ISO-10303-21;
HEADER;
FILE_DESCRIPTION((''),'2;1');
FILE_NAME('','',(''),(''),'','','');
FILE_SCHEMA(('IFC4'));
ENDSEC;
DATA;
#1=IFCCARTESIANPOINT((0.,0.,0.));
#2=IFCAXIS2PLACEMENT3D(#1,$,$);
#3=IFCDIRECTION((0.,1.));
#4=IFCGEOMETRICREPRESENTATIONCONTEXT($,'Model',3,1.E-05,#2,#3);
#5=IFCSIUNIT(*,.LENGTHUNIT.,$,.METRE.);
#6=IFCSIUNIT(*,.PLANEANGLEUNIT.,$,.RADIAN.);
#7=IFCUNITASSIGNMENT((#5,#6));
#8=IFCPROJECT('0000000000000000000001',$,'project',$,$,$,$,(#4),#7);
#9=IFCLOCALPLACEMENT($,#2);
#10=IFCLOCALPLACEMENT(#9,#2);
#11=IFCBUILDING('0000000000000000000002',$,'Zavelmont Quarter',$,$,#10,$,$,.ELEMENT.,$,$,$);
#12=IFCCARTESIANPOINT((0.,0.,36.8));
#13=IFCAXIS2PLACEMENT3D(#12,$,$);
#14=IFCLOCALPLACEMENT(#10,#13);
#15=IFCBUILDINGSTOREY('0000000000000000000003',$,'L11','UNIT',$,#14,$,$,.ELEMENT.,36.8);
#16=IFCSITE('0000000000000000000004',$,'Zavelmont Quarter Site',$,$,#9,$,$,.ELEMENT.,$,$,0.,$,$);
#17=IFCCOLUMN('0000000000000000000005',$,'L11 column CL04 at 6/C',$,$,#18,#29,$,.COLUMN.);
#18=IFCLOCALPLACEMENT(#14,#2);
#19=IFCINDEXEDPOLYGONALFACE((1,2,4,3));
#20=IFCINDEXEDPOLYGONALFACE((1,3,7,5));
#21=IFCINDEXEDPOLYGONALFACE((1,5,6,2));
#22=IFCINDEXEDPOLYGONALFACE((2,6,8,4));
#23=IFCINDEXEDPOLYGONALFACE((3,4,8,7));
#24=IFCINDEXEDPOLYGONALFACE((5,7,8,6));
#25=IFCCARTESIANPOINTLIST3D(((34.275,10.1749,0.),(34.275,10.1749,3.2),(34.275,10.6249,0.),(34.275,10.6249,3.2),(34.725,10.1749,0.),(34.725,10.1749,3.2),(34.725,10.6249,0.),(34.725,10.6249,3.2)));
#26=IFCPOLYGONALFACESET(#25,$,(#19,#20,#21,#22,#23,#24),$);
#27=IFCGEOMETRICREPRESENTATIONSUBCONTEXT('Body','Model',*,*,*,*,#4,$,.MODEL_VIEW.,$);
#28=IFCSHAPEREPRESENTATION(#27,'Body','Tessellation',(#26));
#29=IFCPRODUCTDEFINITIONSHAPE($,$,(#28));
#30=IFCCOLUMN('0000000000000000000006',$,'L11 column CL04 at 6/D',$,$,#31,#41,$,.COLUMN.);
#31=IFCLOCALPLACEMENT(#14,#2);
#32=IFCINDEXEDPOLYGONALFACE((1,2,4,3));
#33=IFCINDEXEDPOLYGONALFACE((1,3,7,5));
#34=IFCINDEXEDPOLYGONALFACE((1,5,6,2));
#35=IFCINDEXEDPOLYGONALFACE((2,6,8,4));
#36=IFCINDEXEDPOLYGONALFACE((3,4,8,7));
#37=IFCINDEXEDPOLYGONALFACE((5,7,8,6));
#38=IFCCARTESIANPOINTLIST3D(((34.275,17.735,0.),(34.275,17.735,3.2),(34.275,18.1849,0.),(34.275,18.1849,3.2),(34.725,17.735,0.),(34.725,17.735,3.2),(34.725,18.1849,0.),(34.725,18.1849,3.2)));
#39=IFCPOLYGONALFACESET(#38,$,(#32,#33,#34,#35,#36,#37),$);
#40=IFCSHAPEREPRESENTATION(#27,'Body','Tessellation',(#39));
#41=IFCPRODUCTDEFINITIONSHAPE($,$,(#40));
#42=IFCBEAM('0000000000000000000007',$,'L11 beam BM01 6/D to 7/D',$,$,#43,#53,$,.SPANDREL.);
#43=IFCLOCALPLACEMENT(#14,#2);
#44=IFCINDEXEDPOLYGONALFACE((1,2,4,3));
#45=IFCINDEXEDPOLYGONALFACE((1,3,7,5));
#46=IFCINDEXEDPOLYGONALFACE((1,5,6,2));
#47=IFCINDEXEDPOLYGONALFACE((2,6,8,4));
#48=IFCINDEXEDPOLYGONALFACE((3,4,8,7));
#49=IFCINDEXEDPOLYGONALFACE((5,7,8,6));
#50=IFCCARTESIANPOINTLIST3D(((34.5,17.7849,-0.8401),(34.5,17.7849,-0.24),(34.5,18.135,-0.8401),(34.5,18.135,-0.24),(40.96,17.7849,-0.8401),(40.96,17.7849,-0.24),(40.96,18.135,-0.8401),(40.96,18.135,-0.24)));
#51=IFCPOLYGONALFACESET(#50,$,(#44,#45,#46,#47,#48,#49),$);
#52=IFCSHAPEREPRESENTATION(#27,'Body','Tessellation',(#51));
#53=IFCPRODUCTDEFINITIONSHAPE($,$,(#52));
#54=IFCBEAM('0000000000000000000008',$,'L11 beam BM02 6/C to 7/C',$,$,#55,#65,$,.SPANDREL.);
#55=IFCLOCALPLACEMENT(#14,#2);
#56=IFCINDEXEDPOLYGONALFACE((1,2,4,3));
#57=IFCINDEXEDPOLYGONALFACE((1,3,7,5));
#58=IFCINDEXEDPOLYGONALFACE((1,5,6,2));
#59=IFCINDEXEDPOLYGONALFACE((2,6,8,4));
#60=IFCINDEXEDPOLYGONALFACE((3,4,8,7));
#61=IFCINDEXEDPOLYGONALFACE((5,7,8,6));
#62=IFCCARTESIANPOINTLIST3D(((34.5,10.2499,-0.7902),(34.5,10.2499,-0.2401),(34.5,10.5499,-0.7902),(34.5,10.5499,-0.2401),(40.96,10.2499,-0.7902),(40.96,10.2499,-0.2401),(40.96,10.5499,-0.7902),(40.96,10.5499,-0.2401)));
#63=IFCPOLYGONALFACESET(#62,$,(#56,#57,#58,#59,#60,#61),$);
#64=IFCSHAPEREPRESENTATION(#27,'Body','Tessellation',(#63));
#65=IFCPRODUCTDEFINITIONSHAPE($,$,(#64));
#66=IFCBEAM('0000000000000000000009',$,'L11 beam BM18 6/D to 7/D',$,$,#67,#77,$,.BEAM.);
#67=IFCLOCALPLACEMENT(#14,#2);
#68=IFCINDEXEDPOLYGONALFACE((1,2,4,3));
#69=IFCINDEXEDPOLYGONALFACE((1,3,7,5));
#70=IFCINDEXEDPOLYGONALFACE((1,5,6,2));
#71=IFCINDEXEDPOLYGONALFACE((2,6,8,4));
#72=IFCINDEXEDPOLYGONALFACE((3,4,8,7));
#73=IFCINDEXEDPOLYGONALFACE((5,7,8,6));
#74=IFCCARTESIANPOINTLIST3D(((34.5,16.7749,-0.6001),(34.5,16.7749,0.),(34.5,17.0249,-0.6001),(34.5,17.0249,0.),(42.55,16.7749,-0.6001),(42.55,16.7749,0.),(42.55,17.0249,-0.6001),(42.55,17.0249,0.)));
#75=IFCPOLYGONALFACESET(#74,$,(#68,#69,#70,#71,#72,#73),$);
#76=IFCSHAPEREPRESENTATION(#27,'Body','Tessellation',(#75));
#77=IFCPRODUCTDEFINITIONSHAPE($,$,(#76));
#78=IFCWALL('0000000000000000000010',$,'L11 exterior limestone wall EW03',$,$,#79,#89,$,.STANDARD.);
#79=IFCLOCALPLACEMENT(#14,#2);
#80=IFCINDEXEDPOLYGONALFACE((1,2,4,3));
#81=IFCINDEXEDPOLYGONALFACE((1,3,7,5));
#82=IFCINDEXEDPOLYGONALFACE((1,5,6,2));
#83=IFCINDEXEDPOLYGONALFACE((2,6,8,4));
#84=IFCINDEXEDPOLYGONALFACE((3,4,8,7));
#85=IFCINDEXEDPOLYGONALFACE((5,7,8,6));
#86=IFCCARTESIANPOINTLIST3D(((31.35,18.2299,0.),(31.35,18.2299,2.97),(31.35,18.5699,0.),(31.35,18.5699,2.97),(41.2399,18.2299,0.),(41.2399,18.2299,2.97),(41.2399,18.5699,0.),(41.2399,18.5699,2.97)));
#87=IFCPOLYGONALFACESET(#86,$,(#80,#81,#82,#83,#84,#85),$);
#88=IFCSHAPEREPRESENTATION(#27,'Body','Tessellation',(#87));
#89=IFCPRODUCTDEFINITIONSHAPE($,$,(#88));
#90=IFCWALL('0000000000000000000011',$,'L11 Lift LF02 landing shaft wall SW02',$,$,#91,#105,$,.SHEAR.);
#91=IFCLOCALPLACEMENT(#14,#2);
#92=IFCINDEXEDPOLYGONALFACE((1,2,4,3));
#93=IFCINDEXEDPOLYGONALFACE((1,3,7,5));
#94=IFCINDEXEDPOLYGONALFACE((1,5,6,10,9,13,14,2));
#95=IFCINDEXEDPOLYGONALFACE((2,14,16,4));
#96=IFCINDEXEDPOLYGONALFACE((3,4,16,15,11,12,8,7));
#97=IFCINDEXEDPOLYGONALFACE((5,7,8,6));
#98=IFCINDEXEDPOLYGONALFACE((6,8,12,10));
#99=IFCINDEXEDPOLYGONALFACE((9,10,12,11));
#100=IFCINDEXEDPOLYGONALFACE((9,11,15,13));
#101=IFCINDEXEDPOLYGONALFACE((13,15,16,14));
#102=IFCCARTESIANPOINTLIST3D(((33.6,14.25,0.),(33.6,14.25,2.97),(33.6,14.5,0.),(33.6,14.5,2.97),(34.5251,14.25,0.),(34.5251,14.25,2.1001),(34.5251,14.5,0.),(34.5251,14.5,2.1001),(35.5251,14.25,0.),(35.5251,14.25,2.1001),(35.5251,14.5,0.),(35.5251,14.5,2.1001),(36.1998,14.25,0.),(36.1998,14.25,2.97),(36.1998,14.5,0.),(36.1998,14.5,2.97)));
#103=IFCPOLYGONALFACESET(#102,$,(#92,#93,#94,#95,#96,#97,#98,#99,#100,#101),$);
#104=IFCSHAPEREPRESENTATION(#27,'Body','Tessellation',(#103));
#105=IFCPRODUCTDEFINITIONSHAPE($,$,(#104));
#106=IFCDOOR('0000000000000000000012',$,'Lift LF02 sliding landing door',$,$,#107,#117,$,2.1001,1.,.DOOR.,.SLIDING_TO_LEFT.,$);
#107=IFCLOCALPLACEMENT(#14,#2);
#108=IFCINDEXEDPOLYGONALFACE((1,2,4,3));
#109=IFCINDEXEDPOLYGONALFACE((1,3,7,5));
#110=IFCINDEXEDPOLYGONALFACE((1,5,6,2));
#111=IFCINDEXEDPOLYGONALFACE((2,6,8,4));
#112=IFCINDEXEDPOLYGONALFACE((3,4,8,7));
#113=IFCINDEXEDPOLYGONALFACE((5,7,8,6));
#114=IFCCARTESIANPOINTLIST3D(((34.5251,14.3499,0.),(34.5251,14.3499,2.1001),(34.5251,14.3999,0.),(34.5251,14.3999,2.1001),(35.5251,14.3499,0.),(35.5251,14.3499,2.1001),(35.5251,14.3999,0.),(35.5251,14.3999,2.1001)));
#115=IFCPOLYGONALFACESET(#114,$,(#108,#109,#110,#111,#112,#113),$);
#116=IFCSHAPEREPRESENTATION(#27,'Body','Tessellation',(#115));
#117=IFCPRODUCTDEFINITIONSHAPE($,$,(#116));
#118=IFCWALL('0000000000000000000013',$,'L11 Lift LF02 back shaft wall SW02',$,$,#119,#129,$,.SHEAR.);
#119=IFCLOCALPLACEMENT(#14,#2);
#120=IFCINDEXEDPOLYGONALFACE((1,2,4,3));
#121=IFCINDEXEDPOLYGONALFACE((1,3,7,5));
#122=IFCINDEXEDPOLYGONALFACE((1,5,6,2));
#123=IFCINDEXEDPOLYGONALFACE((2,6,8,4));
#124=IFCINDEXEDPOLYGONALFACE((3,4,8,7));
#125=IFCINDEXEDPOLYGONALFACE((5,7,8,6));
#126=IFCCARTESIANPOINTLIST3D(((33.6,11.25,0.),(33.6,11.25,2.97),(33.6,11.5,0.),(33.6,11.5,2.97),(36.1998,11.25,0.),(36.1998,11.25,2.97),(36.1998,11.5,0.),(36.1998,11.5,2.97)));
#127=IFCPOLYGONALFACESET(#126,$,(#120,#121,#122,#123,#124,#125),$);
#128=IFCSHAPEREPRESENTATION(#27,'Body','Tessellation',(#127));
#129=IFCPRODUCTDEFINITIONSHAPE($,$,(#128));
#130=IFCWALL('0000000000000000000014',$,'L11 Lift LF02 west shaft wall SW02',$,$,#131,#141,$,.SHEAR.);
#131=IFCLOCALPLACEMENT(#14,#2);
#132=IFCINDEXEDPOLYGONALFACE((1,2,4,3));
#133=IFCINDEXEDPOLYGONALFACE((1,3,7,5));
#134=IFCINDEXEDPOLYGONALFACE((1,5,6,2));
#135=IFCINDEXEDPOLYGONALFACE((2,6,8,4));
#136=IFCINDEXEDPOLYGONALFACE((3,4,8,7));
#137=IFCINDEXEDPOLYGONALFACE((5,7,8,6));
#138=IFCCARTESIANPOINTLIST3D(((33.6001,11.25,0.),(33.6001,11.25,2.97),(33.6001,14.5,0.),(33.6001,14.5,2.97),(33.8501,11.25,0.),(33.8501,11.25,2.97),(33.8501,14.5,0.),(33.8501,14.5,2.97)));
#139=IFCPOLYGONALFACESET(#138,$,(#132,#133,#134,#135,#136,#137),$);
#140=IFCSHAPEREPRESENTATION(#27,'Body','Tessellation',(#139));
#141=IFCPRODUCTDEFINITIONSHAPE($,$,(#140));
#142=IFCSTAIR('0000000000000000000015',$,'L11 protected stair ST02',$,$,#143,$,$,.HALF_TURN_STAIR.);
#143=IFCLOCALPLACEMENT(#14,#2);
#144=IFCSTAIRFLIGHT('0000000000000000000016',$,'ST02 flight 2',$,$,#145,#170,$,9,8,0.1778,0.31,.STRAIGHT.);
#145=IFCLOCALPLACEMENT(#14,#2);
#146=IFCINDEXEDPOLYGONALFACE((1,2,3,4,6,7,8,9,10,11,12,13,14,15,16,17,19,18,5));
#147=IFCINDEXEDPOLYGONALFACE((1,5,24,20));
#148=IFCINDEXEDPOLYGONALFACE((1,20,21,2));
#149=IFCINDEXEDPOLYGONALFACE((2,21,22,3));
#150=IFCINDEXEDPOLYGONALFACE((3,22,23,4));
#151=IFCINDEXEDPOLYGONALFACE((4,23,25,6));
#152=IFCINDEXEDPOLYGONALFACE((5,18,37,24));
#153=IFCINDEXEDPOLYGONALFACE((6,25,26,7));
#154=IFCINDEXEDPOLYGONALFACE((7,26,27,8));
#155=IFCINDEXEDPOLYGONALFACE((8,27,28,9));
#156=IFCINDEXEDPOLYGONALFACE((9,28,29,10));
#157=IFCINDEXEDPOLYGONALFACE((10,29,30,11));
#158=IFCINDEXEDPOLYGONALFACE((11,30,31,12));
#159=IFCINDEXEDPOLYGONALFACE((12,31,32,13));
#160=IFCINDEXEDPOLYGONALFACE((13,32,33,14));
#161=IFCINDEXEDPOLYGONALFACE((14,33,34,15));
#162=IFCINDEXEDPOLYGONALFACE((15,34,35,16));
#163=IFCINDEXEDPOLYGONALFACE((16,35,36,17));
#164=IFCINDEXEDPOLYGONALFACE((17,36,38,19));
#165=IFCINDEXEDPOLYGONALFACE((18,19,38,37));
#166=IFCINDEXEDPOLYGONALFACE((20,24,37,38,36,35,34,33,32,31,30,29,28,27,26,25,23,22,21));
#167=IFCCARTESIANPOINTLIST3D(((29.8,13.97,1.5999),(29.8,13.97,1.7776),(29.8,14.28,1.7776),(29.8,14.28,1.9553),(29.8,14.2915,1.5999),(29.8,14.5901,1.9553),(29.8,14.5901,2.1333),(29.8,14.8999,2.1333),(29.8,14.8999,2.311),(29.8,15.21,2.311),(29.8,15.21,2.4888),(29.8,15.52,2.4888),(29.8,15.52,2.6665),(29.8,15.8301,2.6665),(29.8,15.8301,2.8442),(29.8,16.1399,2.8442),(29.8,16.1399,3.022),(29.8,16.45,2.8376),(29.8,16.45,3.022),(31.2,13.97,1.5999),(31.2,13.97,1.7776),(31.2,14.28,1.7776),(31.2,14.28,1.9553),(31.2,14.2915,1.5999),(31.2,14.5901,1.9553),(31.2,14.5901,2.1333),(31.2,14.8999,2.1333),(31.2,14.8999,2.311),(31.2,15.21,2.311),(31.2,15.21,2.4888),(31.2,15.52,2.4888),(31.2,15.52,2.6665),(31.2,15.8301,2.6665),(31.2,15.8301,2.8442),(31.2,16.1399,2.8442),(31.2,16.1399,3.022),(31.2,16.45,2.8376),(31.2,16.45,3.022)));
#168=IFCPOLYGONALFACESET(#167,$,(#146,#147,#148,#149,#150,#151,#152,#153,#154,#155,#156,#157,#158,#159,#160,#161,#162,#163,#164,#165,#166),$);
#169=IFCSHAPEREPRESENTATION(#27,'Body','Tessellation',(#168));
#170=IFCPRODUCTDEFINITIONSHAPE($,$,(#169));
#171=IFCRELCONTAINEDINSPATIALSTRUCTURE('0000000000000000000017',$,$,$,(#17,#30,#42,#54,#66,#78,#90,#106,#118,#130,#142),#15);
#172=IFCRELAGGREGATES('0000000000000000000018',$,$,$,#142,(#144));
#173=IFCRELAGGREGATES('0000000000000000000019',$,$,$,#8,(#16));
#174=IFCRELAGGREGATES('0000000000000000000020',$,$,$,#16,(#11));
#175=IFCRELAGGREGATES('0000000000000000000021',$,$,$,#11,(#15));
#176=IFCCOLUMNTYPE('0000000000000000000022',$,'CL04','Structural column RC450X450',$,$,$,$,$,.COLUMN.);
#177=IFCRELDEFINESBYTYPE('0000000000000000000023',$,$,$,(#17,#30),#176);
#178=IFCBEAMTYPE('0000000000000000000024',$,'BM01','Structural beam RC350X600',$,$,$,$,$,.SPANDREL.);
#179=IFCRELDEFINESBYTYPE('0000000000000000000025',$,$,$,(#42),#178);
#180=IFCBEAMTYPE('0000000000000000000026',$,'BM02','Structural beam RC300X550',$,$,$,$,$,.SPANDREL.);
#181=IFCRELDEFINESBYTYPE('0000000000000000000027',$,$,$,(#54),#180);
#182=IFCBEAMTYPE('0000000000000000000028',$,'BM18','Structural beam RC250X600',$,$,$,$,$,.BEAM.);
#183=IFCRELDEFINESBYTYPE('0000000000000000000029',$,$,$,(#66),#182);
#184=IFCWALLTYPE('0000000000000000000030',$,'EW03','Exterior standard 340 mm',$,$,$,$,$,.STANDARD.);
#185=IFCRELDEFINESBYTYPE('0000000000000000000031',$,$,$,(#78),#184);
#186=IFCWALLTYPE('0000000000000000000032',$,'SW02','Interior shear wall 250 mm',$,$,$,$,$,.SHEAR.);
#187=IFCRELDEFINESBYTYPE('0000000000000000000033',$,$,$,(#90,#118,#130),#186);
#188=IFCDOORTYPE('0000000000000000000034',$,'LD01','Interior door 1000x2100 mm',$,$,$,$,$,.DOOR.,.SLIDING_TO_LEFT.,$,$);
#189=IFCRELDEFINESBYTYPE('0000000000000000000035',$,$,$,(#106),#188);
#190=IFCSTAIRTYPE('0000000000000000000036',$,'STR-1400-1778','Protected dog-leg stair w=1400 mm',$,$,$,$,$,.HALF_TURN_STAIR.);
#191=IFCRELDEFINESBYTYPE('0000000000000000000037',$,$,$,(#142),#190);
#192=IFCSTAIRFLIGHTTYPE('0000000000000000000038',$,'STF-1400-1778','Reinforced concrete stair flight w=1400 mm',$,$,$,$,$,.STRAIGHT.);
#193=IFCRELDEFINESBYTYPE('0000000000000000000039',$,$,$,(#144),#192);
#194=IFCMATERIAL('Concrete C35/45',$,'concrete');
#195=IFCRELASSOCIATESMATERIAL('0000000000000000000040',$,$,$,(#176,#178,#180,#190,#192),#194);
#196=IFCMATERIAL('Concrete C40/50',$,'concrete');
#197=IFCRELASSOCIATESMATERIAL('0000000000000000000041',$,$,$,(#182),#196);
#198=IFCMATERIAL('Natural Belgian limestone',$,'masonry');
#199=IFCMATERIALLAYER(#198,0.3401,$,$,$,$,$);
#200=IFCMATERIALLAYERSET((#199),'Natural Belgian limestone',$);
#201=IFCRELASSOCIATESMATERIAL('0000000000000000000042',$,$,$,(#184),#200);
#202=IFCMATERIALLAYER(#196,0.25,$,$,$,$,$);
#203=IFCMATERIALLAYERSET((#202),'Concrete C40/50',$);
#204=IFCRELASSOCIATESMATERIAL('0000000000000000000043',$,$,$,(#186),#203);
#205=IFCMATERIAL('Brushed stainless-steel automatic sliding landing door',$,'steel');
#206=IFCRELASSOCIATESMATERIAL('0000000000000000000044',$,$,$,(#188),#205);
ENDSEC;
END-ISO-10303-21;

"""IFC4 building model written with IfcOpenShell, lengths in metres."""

from ifc_helpers import new_model, si_unit, direction, frame, frame_2d, origin, origin_with_axes, origin_2d, place, context, subcontext, project, spatial, polyline, rectangle, outline, extrude, material, layer, layer_set, material_profile, profile_set, type_object, element, fill, aggregate, save


model = new_model("IFC4")

# Units and contexts
model_context = context("Model", 3, precision=1e-05, world=origin(), true_north=direction((0.0, 1.0)))
body_context = subcontext(model_context, "Body", "Model", "MODEL_VIEW")
ifc_project = project(units=[si_unit("LENGTHUNIT", "METRE"), si_unit("PLANEANGLEUNIT", "RADIAN")], contexts=[model_context])

# Site, building, storey
site_placement = place(None, origin())
site = spatial("IfcSite", under=ifc_project, at=site_placement, Name="Zavelmont Quarter Site", CompositionType="ELEMENT", RefElevation=0.0)
building_placement = place(site_placement, origin())
building = spatial("IfcBuilding", under=site, at=building_placement, Name="Zavelmont Quarter", CompositionType="ELEMENT")
storey_placement = place(building_placement, frame((0.0, 0.0, 36.8)))
storey = spatial("IfcBuildingStorey", under=building, at=storey_placement, Name="L11", Description="UNIT", CompositionType="ELEMENT", Elevation=36.8)

# Columns
ifc_material_1 = material(Name="Concrete C35/45", Category="concrete")
ifc_material_profile_1 = material_profile(ifc_material_1, rectangle(XDim=0.45, YDim=0.45, at=origin_2d()), Name="RC450X450")
ifc_profile_set_1 = profile_set([ifc_material_profile_1], Name="Concrete C35/45")
column_type = type_object("IfcColumnType", Name="CL04", Description="Structural column RC450X450", PredefinedType="COLUMN", material=ifc_profile_set_1)
for number, where, z_axis, x_axis, name in (
    (1, (34.5, 10.3999, 0.0), (0.0, 0.0, 1.0), (1.0, 0.0, 0.0), "L11 column CL04 at 6/C"),
    (2, (34.5, 17.96, 0.0), (0.0, 0.0, 1.0), (1.0, 0.0, 0.0), "L11 column CL04 at 6/D"),
):
    element("IfcColumn", number, at=place(storey_placement, frame(where, z_axis=z_axis, x_axis=x_axis)), inside=storey, type_object=column_type, Name=name, PredefinedType="COLUMN", context=body_context, shape_type="SweptSolid", body=[
        extrude(rectangle(XDim=0.45, YDim=0.45, at=origin_2d()), origin(), (0.0, 0.0, 1.0), 3.2),
    ])

# Beams
ifc_material_profile_2 = material_profile(ifc_material_1, rectangle(XDim=0.3501, YDim=0.6001, at=origin_2d()), Name="RC350X600")
ifc_profile_set_2 = profile_set([ifc_material_profile_2], Name="Concrete C35/45")
beam_type_1 = type_object("IfcBeamType", Name="BM01", Description="Structural beam RC350X600", PredefinedType="SPANDREL", material=ifc_profile_set_2)
beam_1_placement = place(storey_placement, frame((34.5, 17.96, -0.54), z_axis=(1.0, 0.0, 0.0), x_axis=(0.0, 1.0, 0.0)))
element("IfcBeam", 3, at=beam_1_placement, inside=storey, type_object=beam_type_1, Name="L11 beam BM01 6/D to 7/D", PredefinedType="SPANDREL", context=body_context, shape_type="SweptSolid", body=[
    extrude(rectangle(XDim=0.3501, YDim=0.6001, at=origin_2d()), origin(), (0.0, 0.0, 1.0), 6.46),
])
ifc_material_profile_3 = material_profile(ifc_material_1, rectangle(XDim=0.3, YDim=0.55, at=origin_2d()), Name="RC300X550")
ifc_profile_set_3 = profile_set([ifc_material_profile_3], Name="Concrete C35/45")
beam_type_2 = type_object("IfcBeamType", Name="BM02", Description="Structural beam RC300X550", PredefinedType="SPANDREL", material=ifc_profile_set_3)
beam_2_placement = place(storey_placement, frame((34.5, 10.3999, -0.5151), z_axis=(1.0, 0.0, 0.0), x_axis=(0.0, 1.0, 0.0)))
element("IfcBeam", 4, at=beam_2_placement, inside=storey, type_object=beam_type_2, Name="L11 beam BM02 6/C to 7/C", PredefinedType="SPANDREL", context=body_context, shape_type="SweptSolid", body=[
    extrude(rectangle(XDim=0.3, YDim=0.55, at=origin_2d()), origin(), (0.0, 0.0, 1.0), 6.46),
])
ifc_material_2 = material(Name="Concrete C40/50", Category="concrete")
ifc_material_profile_4 = material_profile(ifc_material_2, rectangle(XDim=0.25, YDim=0.6001, at=origin_2d()), Name="RC250X600")
ifc_profile_set_4 = profile_set([ifc_material_profile_4], Name="Concrete C40/50")
beam_type_3 = type_object("IfcBeamType", Name="BM18", Description="Structural beam RC250X600", PredefinedType="BEAM", material=ifc_profile_set_4)
beam_3_placement = place(storey_placement, frame((34.5, 16.8999, -0.3), z_axis=(1.0, 0.0, 0.0), x_axis=(0.0, 1.0, 0.0)))
element("IfcBeam", 5, at=beam_3_placement, inside=storey, type_object=beam_type_3, Name="L11 beam BM18 6/D to 7/D", PredefinedType="BEAM", context=body_context, shape_type="SweptSolid", body=[
    extrude(rectangle(XDim=0.25, YDim=0.6001, at=origin_2d()), origin(), (0.0, 0.0, 1.0), 8.05),
])

# Wall
ifc_material_3 = material(Name="Natural Belgian limestone", Category="masonry")
ifc_layer_1 = layer(ifc_material_3, 0.3401)
ifc_layer_set_1 = layer_set([ifc_layer_1], Name="Natural Belgian limestone")
wall_type_1 = type_object("IfcWallType", Name="EW03", Description="Exterior standard 340 mm", PredefinedType="STANDARD", material=ifc_layer_set_1)
wall_1_placement = place(storey_placement, frame((31.3501, 18.3999, 0.0), z_axis=(0.0, 0.0, 1.0), x_axis=(1.0, 0.0, 0.0)))
element("IfcWall", 6, at=wall_1_placement, inside=storey, type_object=wall_type_1, Name="L11 exterior limestone wall EW03", PredefinedType="STANDARD", context=body_context, shape_type="SweptSolid", body=[
    extrude(rectangle(XDim=9.8899, YDim=0.3401, at=frame_2d((4.9448, 0.0))), origin(), (0.0, 0.0, 1.0), 2.97),
])

# Wall, opening, door
ifc_layer_2 = layer(ifc_material_2, 0.25)
ifc_layer_set_2 = layer_set([ifc_layer_2], Name="Concrete C40/50")
wall_type_2 = type_object("IfcWallType", Name="SW02", Description="Interior shear wall 250 mm", PredefinedType="SHEAR", material=ifc_layer_set_2)
wall_2_placement = place(storey_placement, frame((33.6001, 14.375, 0.0), z_axis=(0.0, 0.0, 1.0), x_axis=(1.0, 0.0, 0.0)))
wall_2 = element("IfcWall", 7, at=wall_2_placement, inside=storey, type_object=wall_type_2, Name="L11 Lift LF02 landing shaft wall SW02", PredefinedType="SHEAR", context=body_context, shape_type="SweptSolid", body=[
    extrude(rectangle(XDim=2.5999, YDim=0.25, at=frame_2d((1.2998, 0.0))), origin(), (0.0, 0.0, 1.0), 2.97),
])
opening_1_placement = place(wall_2_placement, frame((0.925, 0.0, 0.0)))
opening_1 = element("IfcOpeningElement", 8, at=opening_1_placement, cuts=wall_2, PredefinedType="OPENING", context=body_context, shape_type="SweptSolid", body=[
    extrude(rectangle(XDim=1.0, YDim=2.1001, at=frame_2d((0.5, 1.05))), frame((0.0, 0.137, 0.0), z_axis=(0.0, -1.0, 0.0), x_axis=(1.0, 0.0, 0.0)), (0.0, 0.0, 1.0), 0.2739),
])
ifc_material_4 = material(Name="Brushed stainless-steel automatic sliding landing door", Category="steel")
door_type_1 = type_object("IfcDoorType", Name="LD01", Description="Interior door 1000x2100 mm", OperationType="SLIDING_TO_LEFT", PredefinedType="DOOR", material=ifc_material_4)
door_1_placement = place(opening_1_placement, origin_with_axes())
door_1 = element("IfcDoor", 9, at=door_1_placement, inside=storey, type_object=door_type_1, Name="Lift LF02 sliding landing door", OperationType="SLIDING_TO_LEFT", OverallHeight=2.1001, OverallWidth=1.0, PredefinedType="DOOR", context=body_context, shape_type="SweptSolid", body=[
    extrude(rectangle(XDim=1.0, YDim=2.1001, at=frame_2d((0.5, 1.05))), frame((0.0, 0.0249, 0.0), z_axis=(0.0, -1.0, 0.0), x_axis=(1.0, 0.0, 0.0)), (0.0, 0.0, 1.0), 0.05),
])
fill(opening_1, door_1)

# Walls
wall_3_placement = place(storey_placement, frame((33.6001, 11.375, 0.0), z_axis=(0.0, 0.0, 1.0), x_axis=(1.0, 0.0, 0.0)))
element("IfcWall", 10, at=wall_3_placement, inside=storey, type_object=wall_type_2, Name="L11 Lift LF02 back shaft wall SW02", PredefinedType="SHEAR", context=body_context, shape_type="SweptSolid", body=[
    extrude(rectangle(XDim=2.5999, YDim=0.25, at=frame_2d((1.2998, 0.0))), origin(), (0.0, 0.0, 1.0), 2.97),
])
wall_4_placement = place(storey_placement, frame((33.7251, 11.25, 0.0), z_axis=(0.0, 0.0, 1.0), x_axis=(0.0, 1.0, 0.0)))
element("IfcWall", 11, at=wall_4_placement, inside=storey, type_object=wall_type_2, Name="L11 Lift LF02 west shaft wall SW02", PredefinedType="SHEAR", context=body_context, shape_type="SweptSolid", body=[
    extrude(rectangle(XDim=3.25, YDim=0.25, at=frame_2d((1.625, 0.0))), origin(), (0.0, 0.0, 1.0), 2.97),
])

# Stair, stair flight
stair_type = type_object("IfcStairType", Name="STR-1400-1778", Description="Protected dog-leg stair w=1400 mm", PredefinedType="HALF_TURN_STAIR", material=ifc_material_1)
stair_placement = place(storey_placement, origin())
stair = element("IfcStair", 12, at=stair_placement, inside=storey, type_object=stair_type, Name="L11 protected stair ST02", PredefinedType="HALF_TURN_STAIR")
stair_flight_type = type_object("IfcStairFlightType", Name="STF-1400-1778", Description="Reinforced concrete stair flight w=1400 mm", PredefinedType="STRAIGHT", material=ifc_material_1)
stair_flight_placement = place(storey_placement, frame((30.5, 13.97, 1.5999), z_axis=(0.0, 0.0, 1.0), x_axis=(0.0, 1.0, 0.0)))
stair_flight = element("IfcStairFlight", 13, at=stair_flight_placement, type_object=stair_flight_type, Name="ST02 flight 2", NumberOfRisers=9, NumberOfTreads=8, PredefinedType="STRAIGHT", RiserHeight=0.1778, TreadLength=0.31, context=body_context, shape_type="SweptSolid", body=[
    extrude(outline(polyline([(0.0, 0.0), (0.0, 0.1777), (0.3101, 0.1777), (0.3101, 0.3555), (0.6201, 0.3555), (0.6201, 0.5334), (0.9299, 0.5334), (0.9299, 0.7112), (1.24, 0.7112), (1.24, 0.8889), (1.55, 0.8889), (1.55, 1.0667), (1.8601, 1.0667), (1.8601, 1.2444), (2.1699, 1.2444), (2.1699, 1.4221), (2.48, 1.4221), (2.48, 1.6001), (2.48, 1.2378), (0.3215, 0.0), (0.0, 0.0)])), frame((0.0, 0.7, 0.0), z_axis=(0.0, -1.0, 0.0), x_axis=(1.0, 0.0, 0.0)), (0.0, 0.0, 1.0), 1.3999),
])
aggregate(stair, [stair_flight])

save(model, "model.ifc")
